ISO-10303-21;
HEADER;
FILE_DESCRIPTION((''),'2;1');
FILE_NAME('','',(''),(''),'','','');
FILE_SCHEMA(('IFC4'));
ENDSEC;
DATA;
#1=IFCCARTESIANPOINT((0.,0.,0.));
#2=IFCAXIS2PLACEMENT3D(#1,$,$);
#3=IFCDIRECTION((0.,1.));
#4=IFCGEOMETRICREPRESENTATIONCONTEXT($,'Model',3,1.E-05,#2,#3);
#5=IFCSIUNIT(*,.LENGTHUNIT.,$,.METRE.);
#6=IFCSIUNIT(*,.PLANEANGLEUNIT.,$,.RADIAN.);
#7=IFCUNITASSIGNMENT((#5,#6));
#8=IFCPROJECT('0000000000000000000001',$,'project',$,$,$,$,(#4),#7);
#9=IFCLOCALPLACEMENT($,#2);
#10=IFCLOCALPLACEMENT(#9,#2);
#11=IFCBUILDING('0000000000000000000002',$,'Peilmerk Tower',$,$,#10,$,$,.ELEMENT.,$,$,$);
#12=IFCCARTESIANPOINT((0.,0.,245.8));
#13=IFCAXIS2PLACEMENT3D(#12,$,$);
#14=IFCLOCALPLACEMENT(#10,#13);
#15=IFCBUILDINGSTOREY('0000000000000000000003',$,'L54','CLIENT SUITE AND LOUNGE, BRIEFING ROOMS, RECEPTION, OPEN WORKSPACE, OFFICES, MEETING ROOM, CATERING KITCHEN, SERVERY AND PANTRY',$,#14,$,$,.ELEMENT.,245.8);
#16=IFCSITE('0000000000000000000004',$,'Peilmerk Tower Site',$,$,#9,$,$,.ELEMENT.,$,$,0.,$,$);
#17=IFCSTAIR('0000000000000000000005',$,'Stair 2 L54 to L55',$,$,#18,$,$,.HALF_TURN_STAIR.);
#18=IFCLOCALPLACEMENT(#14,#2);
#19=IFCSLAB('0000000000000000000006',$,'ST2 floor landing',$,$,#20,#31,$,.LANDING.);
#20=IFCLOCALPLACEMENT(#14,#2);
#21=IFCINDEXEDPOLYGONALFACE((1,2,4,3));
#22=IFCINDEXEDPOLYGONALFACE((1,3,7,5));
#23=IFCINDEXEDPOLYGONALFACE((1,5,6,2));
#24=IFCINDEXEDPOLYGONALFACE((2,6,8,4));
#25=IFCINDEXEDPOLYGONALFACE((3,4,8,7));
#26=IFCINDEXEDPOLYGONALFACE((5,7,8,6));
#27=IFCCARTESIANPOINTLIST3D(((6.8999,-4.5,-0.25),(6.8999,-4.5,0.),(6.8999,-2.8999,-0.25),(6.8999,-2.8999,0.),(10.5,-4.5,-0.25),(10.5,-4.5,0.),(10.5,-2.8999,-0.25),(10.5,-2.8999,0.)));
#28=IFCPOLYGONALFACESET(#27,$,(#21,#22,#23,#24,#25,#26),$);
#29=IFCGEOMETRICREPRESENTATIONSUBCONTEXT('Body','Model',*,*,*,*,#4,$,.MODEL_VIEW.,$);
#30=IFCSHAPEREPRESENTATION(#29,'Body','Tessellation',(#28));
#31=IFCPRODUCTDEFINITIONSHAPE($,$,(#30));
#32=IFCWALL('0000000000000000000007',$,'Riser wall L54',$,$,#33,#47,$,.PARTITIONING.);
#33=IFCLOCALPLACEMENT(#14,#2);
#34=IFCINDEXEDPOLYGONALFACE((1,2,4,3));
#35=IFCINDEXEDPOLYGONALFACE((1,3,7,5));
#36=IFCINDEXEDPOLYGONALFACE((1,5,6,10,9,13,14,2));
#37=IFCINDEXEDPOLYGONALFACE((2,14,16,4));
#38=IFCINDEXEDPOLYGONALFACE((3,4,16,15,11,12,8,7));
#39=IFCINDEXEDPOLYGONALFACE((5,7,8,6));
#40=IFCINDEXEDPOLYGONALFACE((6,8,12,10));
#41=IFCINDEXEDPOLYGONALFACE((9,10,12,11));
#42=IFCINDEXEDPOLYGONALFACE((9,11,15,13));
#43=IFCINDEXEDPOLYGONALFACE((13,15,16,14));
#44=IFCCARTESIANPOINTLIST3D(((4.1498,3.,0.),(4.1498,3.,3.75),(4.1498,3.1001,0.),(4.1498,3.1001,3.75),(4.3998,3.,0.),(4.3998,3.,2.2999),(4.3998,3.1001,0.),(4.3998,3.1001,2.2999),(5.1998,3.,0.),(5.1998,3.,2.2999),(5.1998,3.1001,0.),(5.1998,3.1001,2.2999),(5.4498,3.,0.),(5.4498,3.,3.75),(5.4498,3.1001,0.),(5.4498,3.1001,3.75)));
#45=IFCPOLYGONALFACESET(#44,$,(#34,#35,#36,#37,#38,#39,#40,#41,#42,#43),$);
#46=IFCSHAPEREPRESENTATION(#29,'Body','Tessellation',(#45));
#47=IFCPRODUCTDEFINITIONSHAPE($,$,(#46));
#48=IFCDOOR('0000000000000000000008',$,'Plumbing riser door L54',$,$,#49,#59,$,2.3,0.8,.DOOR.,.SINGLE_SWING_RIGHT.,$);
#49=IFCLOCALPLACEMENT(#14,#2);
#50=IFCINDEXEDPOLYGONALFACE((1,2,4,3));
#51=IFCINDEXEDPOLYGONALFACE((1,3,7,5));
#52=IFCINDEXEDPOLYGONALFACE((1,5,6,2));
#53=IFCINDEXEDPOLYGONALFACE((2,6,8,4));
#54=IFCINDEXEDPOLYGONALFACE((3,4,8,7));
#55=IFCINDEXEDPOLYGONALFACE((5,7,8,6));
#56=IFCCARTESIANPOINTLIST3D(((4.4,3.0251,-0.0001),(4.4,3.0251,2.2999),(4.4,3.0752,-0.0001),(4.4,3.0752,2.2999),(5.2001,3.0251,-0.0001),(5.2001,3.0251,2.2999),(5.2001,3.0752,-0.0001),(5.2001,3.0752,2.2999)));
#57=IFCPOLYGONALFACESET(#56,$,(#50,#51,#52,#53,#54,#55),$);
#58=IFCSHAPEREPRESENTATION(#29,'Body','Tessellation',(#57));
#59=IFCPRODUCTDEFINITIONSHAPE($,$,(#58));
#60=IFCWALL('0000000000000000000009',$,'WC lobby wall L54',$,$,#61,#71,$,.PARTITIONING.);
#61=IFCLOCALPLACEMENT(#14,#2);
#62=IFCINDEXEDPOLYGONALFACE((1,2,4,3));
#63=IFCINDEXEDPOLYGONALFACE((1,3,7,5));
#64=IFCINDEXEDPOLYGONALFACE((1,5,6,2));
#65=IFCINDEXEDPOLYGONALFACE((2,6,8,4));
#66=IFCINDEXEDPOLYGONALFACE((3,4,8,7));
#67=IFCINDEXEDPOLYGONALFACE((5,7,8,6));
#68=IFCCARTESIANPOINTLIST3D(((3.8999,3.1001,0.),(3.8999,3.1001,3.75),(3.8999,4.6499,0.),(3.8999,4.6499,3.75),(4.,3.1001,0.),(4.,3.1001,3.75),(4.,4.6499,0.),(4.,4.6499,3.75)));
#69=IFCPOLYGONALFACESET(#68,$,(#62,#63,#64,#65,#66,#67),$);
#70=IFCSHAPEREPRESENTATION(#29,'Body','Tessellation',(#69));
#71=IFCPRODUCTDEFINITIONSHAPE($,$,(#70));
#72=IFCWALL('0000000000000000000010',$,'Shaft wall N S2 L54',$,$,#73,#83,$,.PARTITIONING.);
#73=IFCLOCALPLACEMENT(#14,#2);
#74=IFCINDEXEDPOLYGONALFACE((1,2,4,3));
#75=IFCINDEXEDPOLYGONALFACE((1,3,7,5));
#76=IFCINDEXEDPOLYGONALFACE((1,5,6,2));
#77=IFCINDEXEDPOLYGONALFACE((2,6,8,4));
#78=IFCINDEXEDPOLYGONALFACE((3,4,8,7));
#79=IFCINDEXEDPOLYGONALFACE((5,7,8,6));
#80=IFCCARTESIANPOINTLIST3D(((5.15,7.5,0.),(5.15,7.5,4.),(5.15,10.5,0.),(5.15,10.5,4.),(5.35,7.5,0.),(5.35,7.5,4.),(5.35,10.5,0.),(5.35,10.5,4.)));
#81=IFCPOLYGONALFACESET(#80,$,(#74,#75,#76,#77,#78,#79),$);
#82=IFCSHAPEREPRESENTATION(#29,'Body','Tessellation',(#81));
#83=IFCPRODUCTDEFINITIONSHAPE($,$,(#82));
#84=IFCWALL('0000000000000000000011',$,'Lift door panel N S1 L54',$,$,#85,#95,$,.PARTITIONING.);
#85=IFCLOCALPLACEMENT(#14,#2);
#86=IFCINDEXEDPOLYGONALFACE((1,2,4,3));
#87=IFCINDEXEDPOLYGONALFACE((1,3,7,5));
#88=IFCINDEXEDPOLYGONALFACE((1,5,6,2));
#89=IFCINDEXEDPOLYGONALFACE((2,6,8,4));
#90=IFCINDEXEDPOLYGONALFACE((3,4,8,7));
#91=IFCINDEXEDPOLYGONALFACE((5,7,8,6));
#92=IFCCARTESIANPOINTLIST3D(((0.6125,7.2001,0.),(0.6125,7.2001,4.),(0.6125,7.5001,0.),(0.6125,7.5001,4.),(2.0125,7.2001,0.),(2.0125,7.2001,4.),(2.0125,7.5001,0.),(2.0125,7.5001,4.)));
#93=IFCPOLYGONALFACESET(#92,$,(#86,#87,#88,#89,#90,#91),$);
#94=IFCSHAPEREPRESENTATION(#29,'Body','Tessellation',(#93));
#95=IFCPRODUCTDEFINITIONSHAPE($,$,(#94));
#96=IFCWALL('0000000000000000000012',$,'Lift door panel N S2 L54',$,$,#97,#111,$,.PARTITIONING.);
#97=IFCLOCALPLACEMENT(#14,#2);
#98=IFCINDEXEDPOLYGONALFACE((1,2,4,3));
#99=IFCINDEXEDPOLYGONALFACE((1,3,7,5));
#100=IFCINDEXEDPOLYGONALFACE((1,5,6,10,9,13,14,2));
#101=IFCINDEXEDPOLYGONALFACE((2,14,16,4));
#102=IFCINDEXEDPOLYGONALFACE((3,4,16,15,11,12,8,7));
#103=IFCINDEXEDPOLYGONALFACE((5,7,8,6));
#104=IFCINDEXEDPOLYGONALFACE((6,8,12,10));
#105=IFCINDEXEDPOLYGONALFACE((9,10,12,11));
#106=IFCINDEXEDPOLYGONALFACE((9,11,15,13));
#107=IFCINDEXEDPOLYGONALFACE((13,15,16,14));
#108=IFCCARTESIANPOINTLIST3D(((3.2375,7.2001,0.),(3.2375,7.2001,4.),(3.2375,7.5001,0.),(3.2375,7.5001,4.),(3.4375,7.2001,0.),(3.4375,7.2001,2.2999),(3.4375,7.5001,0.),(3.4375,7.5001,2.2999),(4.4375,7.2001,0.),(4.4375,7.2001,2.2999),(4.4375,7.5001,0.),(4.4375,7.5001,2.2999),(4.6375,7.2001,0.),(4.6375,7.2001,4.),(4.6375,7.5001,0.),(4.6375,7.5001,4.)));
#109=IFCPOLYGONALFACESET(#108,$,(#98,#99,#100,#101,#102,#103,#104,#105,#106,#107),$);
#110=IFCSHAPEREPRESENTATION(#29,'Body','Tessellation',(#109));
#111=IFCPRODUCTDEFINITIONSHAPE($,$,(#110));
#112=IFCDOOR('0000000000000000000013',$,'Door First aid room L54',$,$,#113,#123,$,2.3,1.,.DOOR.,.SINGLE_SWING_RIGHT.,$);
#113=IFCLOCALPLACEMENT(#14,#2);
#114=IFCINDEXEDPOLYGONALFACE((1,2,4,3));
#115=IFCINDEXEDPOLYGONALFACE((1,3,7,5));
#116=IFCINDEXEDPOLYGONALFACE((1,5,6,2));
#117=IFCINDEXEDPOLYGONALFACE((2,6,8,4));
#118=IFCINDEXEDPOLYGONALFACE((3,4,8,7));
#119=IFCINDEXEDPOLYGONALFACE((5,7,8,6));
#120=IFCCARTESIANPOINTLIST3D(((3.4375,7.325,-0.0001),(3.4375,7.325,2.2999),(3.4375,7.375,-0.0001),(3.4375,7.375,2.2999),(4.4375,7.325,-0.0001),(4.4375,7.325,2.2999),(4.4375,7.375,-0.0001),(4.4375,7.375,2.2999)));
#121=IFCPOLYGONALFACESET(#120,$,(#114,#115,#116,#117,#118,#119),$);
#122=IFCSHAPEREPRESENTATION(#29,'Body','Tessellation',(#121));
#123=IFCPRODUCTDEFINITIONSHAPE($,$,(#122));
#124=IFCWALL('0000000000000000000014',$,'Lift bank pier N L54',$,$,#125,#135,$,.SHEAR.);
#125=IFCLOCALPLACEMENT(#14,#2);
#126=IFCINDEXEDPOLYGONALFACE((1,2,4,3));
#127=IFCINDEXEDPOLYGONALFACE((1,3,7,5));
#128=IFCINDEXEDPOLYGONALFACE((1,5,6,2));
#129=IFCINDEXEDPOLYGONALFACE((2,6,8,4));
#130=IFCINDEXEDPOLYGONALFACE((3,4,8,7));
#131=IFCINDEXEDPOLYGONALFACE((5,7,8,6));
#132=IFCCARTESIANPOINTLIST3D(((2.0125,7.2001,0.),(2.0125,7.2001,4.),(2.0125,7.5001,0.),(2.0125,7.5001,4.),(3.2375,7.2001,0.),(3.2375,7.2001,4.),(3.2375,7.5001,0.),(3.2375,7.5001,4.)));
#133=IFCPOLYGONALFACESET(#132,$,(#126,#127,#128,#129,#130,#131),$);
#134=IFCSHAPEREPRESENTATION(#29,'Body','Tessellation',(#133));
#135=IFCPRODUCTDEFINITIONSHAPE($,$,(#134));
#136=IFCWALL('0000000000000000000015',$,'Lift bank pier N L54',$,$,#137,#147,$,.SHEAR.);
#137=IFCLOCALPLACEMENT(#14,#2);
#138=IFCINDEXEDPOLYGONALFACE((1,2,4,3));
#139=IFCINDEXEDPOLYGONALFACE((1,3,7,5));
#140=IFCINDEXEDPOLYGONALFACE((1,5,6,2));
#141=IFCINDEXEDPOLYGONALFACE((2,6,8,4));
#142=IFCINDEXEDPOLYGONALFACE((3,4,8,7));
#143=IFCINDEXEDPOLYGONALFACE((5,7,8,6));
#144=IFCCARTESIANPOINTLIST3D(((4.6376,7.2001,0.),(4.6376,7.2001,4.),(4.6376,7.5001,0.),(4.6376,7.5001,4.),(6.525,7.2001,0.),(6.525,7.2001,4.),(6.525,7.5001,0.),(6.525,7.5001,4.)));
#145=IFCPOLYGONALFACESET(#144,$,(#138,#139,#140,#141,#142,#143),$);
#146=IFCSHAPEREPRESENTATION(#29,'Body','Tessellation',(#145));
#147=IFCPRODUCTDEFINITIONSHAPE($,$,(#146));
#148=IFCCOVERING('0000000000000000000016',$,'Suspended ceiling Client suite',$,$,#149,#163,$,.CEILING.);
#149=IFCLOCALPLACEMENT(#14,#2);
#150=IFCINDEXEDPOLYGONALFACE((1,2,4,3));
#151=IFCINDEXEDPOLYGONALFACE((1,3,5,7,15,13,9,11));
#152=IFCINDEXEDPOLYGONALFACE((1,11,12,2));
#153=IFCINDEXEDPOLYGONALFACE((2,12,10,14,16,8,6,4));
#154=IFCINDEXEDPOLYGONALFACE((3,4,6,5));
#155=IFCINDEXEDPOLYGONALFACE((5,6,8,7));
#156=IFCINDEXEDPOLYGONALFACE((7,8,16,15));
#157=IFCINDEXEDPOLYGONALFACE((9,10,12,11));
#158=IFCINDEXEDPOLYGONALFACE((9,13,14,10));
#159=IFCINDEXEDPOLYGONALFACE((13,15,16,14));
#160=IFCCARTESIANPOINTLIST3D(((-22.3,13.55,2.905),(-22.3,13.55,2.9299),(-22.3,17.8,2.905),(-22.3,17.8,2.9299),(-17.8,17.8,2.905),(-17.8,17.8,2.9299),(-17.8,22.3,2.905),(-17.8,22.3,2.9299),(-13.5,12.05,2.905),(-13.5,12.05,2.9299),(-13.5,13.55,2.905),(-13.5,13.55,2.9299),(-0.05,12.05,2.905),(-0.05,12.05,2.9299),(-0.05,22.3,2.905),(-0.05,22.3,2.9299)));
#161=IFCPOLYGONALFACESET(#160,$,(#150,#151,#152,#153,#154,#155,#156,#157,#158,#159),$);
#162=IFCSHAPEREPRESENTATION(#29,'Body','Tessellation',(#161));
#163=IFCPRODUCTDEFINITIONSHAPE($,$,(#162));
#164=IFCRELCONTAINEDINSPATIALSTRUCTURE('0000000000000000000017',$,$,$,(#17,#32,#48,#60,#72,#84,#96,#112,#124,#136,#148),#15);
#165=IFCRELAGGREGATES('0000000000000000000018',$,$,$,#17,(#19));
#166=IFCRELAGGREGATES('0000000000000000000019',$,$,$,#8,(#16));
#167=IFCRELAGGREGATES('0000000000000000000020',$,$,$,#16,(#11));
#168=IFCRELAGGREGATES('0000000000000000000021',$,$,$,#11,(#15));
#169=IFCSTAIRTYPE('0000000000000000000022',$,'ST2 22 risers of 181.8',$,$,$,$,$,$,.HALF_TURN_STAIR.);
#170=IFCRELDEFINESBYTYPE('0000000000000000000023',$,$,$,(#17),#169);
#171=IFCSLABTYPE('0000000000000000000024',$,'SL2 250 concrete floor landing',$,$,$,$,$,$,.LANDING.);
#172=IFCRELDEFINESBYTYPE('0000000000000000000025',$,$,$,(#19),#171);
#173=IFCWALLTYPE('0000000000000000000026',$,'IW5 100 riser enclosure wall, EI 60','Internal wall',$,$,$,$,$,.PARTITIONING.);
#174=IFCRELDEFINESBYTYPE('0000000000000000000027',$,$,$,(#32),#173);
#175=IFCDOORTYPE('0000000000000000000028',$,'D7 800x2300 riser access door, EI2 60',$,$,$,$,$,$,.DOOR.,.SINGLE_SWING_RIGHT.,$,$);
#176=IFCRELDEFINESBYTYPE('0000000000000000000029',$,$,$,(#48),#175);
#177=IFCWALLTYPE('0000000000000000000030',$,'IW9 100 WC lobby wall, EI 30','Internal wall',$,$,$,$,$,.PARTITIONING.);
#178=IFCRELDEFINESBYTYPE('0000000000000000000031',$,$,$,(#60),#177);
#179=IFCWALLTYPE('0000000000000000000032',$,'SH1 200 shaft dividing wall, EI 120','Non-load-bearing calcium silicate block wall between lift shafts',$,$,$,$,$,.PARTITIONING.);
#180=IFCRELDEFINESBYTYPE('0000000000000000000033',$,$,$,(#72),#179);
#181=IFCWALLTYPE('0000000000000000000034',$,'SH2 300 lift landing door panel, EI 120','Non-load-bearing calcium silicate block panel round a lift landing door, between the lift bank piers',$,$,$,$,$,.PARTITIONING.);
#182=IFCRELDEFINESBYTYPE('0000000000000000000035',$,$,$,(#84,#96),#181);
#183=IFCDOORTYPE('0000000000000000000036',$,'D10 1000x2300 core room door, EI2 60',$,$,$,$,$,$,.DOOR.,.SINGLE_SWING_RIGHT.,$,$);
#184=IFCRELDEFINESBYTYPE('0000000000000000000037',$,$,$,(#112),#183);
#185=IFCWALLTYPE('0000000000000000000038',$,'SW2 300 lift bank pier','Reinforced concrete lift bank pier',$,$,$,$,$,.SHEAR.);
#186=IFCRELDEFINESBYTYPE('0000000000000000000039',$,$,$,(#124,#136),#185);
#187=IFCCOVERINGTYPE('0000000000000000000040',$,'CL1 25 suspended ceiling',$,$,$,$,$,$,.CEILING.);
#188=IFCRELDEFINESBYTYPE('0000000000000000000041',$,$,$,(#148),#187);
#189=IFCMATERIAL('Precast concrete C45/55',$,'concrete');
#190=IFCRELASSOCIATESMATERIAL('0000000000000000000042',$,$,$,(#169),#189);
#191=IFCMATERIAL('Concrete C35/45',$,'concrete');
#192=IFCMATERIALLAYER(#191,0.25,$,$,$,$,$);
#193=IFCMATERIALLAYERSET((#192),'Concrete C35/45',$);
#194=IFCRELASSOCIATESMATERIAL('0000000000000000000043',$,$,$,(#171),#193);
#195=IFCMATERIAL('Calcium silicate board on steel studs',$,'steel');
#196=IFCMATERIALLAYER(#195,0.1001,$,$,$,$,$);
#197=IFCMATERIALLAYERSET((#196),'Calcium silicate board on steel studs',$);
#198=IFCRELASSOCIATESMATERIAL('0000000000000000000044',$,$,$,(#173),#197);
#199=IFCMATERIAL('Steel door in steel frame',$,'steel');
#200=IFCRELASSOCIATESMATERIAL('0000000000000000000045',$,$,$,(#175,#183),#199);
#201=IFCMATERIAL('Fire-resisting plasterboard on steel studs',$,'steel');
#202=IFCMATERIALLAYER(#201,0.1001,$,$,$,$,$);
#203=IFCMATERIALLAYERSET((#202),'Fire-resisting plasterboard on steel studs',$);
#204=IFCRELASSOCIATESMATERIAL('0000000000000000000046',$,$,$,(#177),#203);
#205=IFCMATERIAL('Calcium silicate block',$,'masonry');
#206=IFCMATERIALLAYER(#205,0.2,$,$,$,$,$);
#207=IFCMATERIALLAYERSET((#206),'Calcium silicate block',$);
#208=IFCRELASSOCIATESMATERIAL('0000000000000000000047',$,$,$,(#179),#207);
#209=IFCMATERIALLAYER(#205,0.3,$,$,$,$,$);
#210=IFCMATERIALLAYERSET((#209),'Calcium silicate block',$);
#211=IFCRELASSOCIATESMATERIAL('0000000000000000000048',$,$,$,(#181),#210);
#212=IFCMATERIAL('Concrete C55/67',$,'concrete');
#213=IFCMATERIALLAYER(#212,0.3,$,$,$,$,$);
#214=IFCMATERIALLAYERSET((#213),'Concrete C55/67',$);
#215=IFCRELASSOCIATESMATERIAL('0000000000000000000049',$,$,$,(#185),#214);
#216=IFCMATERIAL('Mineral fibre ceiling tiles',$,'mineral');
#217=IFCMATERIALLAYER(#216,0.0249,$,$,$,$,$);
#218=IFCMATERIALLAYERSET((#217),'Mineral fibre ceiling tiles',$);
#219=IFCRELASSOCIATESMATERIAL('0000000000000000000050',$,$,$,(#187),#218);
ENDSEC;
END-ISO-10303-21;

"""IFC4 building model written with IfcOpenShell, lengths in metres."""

from ifc_helpers import new_model, si_unit, direction, frame, frame_2d, origin, place, context, subcontext, project, spatial, polyline, rectangle, outline, extrude, material, layer, layer_set, type_object, element, fill, aggregate, save


model = new_model("IFC4")

# Units and contexts
model_context = context("Model", 3, precision=1e-05, world=origin(), true_north=direction((0.0, 1.0)))
body_context = subcontext(model_context, "Body", "Model", "MODEL_VIEW")
ifc_project = project(units=[si_unit("LENGTHUNIT", "METRE"), si_unit("PLANEANGLEUNIT", "RADIAN")], contexts=[model_context])

# Site, building, storey
site_placement = place(None, origin())
site = spatial("IfcSite", under=ifc_project, at=site_placement, Name="Peilmerk Tower Site", CompositionType="ELEMENT", RefElevation=0.0)
building_placement = place(site_placement, origin())
building = spatial("IfcBuilding", under=site, at=building_placement, Name="Peilmerk Tower", CompositionType="ELEMENT")
storey_placement = place(building_placement, frame((0.0, 0.0, 245.8)))
storey = spatial("IfcBuildingStorey", under=building, at=storey_placement, Name="L54", Description="CLIENT SUITE AND LOUNGE, BRIEFING ROOMS, RECEPTION, OPEN WORKSPACE, OFFICES, MEETING ROOM, CATERING KITCHEN, SERVERY AND PANTRY", CompositionType="ELEMENT", Elevation=245.8)

# Stair, slab
ifc_material_1 = material(Name="Precast concrete C45/55", Category="concrete")
stair_type = type_object("IfcStairType", Name="ST2 22 risers of 181.8", PredefinedType="HALF_TURN_STAIR", material=ifc_material_1)
stair_placement = place(storey_placement, origin())
stair = element("IfcStair", 1, at=stair_placement, inside=storey, type_object=stair_type, Name="Stair 2 L54 to L55", PredefinedType="HALF_TURN_STAIR")
ifc_material_2 = material(Name="Concrete C35/45", Category="concrete")
ifc_layer_1 = layer(ifc_material_2, 0.25)
ifc_layer_set_1 = layer_set([ifc_layer_1], Name="Concrete C35/45")
slab_type = type_object("IfcSlabType", Name="SL2 250 concrete floor landing", PredefinedType="LANDING", material=ifc_layer_set_1)
slab_placement = place(storey_placement, frame((0.0, 0.0, -0.25)))
slab = element("IfcSlab", 2, at=slab_placement, type_object=slab_type, Name="ST2 floor landing", PredefinedType="LANDING", context=body_context, shape_type="SweptSolid", body=[
    extrude(outline(polyline([(6.8999, -4.5), (10.5, -4.5), (10.5, -2.8999), (6.8999, -2.8999), (6.8999, -4.5)])), origin(), (0.0, 0.0, 1.0), 0.25),
])
aggregate(stair, [slab])

# Wall, opening, door
ifc_material_3 = material(Name="Calcium silicate board on steel studs", Category="steel")
ifc_layer_2 = layer(ifc_material_3, 0.1001)
ifc_layer_set_2 = layer_set([ifc_layer_2], Name="Calcium silicate board on steel studs")
wall_type_1 = type_object("IfcWallType", Name="IW5 100 riser enclosure wall, EI 60", Description="Internal wall", PredefinedType="PARTITIONING", material=ifc_layer_set_2)
wall_1_placement = place(storey_placement, frame((4.1499, 3.05, 0.0), z_axis=(0.0, 0.0, 1.0), x_axis=(1.0, 0.0, 0.0)))
wall_1 = element("IfcWall", 3, at=wall_1_placement, inside=storey, type_object=wall_type_1, Name="Riser wall L54", PredefinedType="PARTITIONING", context=body_context, shape_type="SweptSolid", body=[
    extrude(rectangle(XDim=1.3, YDim=0.1001, at=frame_2d((0.6499, 0.0))), origin(), (0.0, 0.0, 1.0), 3.75),
])
opening_1_placement = place(wall_1_placement, frame((0.25, 0.0, 0.0)))
opening_1 = element("IfcOpeningElement", 4, at=opening_1_placement, cuts=wall_1, PredefinedType="OPENING", context=body_context, shape_type="SweptSolid", body=[
    extrude(rectangle(XDim=0.8, YDim=2.3, at=frame_2d((0.3999, 1.1499))), frame((0.0, 0.0601, 0.0), z_axis=(0.0, -1.0, 0.0), x_axis=(1.0, 0.0, 0.0)), (0.0, 0.0, 1.0), 0.1201),
])
ifc_material_4 = material(Name="Steel door in steel frame", Category="steel")
door_type_1 = type_object("IfcDoorType", Name="D7 800x2300 riser access door, EI2 60", OperationType="SINGLE_SWING_RIGHT", PredefinedType="DOOR", material=ifc_material_4)
door_1_placement = place(opening_1_placement, frame((0.8, 0.0, 0.0), z_axis=(0.0, 0.0, 1.0), x_axis=(-1.0, 0.0, 0.0)))
door_1 = element("IfcDoor", 5, at=door_1_placement, inside=storey, type_object=door_type_1, Name="Plumbing riser door L54", OperationType="SINGLE_SWING_RIGHT", OverallHeight=2.3, OverallWidth=0.8, PredefinedType="DOOR", context=body_context, shape_type="SweptSolid", body=[
    extrude(rectangle(XDim=0.8, YDim=2.3, at=frame_2d((0.3999, 1.1499))), frame((0.0, 0.0249, 0.0), z_axis=(0.0, -1.0, 0.0), x_axis=(1.0, 0.0, 0.0)), (0.0, 0.0, 1.0), 0.05),
])
fill(opening_1, door_1)

# Walls
ifc_material_5 = material(Name="Fire-resisting plasterboard on steel studs", Category="steel")
ifc_layer_3 = layer(ifc_material_5, 0.1001)
ifc_layer_set_3 = layer_set([ifc_layer_3], Name="Fire-resisting plasterboard on steel studs")
wall_type_2 = type_object("IfcWallType", Name="IW9 100 WC lobby wall, EI 30", Description="Internal wall", PredefinedType="PARTITIONING", material=ifc_layer_set_3)
wall_2_placement = place(storey_placement, frame((3.95, 3.1001, 0.0), z_axis=(0.0, 0.0, 1.0), x_axis=(0.0, 1.0, 0.0)))
element("IfcWall", 6, at=wall_2_placement, inside=storey, type_object=wall_type_2, Name="WC lobby wall L54", PredefinedType="PARTITIONING", context=body_context, shape_type="SweptSolid", body=[
    extrude(rectangle(XDim=1.5498, YDim=0.1001, at=frame_2d((0.7749, 0.0))), origin(), (0.0, 0.0, 1.0), 3.75),
])
ifc_material_6 = material(Name="Calcium silicate block", Category="masonry")
ifc_layer_4 = layer(ifc_material_6, 0.2)
ifc_layer_set_4 = layer_set([ifc_layer_4], Name="Calcium silicate block")
wall_type_3 = type_object("IfcWallType", Name="SH1 200 shaft dividing wall, EI 120", Description="Non-load-bearing calcium silicate block wall between lift shafts", PredefinedType="PARTITIONING", material=ifc_layer_set_4)
wall_3_placement = place(storey_placement, frame((5.25, 7.5, 0.0), z_axis=(0.0, 0.0, 1.0), x_axis=(0.0, 1.0, 0.0)))
element("IfcWall", 7, at=wall_3_placement, inside=storey, type_object=wall_type_3, Name="Shaft wall N S2 L54", PredefinedType="PARTITIONING", context=body_context, shape_type="SweptSolid", body=[
    extrude(rectangle(XDim=3.0, YDim=0.2, at=frame_2d((1.5, 0.0))), origin(), (0.0, 0.0, 1.0), 4.0),
])
ifc_layer_5 = layer(ifc_material_6, 0.3)
ifc_layer_set_5 = layer_set([ifc_layer_5], Name="Calcium silicate block")
wall_type_4 = type_object("IfcWallType", Name="SH2 300 lift landing door panel, EI 120", Description="Non-load-bearing calcium silicate block panel round a lift landing door, between the lift bank piers", PredefinedType="PARTITIONING", material=ifc_layer_set_5)
wall_4_placement = place(storey_placement, frame((0.6125, 7.3501, 0.0), z_axis=(0.0, 0.0, 1.0), x_axis=(1.0, 0.0, 0.0)))
element("IfcWall", 8, at=wall_4_placement, inside=storey, type_object=wall_type_4, Name="Lift door panel N S1 L54", PredefinedType="PARTITIONING", context=body_context, shape_type="SweptSolid", body=[
    extrude(rectangle(XDim=1.3999, YDim=0.3, at=frame_2d((0.7, 0.0))), origin(), (0.0, 0.0, 1.0), 4.0),
])

# Wall, opening, door
wall_5_placement = place(storey_placement, frame((3.2375, 7.3501, 0.0), z_axis=(0.0, 0.0, 1.0), x_axis=(1.0, 0.0, 0.0)))
wall_5 = element("IfcWall", 9, at=wall_5_placement, inside=storey, type_object=wall_type_4, Name="Lift door panel N S2 L54", PredefinedType="PARTITIONING", context=body_context, shape_type="SweptSolid", body=[
    extrude(rectangle(XDim=1.3999, YDim=0.3, at=frame_2d((0.7, 0.0))), origin(), (0.0, 0.0, 1.0), 4.0),
])
opening_2_placement = place(wall_5_placement, frame((0.2, 0.0, 0.0)))
opening_2 = element("IfcOpeningElement", 10, at=opening_2_placement, cuts=wall_5, PredefinedType="OPENING", context=body_context, shape_type="SweptSolid", body=[
    extrude(rectangle(XDim=1.0, YDim=2.3, at=frame_2d((0.5, 1.1499))), frame((0.0, 0.1599, 0.0), z_axis=(0.0, -1.0, 0.0), x_axis=(1.0, 0.0, 0.0)), (0.0, 0.0, 1.0), 0.3201),
])
door_type_2 = type_object("IfcDoorType", Name="D10 1000x2300 core room door, EI2 60", OperationType="SINGLE_SWING_RIGHT", PredefinedType="DOOR", material=ifc_material_4)
door_2_placement = place(opening_2_placement, origin())
door_2 = element("IfcDoor", 11, at=door_2_placement, inside=storey, type_object=door_type_2, Name="Door First aid room L54", OperationType="SINGLE_SWING_RIGHT", OverallHeight=2.3, OverallWidth=1.0, PredefinedType="DOOR", context=body_context, shape_type="SweptSolid", body=[
    extrude(rectangle(XDim=1.0, YDim=2.3, at=frame_2d((0.5, 1.1499))), frame((0.0, 0.0249, 0.0), z_axis=(0.0, -1.0, 0.0), x_axis=(1.0, 0.0, 0.0)), (0.0, 0.0, 1.0), 0.05),
])
fill(opening_2, door_2)

# Walls
ifc_material_7 = material(Name="Concrete C55/67", Category="concrete")
ifc_layer_6 = layer(ifc_material_7, 0.3)
ifc_layer_set_6 = layer_set([ifc_layer_6], Name="Concrete C55/67")
wall_type_5 = type_object("IfcWallType", Name="SW2 300 lift bank pier", Description="Reinforced concrete lift bank pier", PredefinedType="SHEAR", material=ifc_layer_set_6)
wall_6_placement = place(storey_placement, frame((2.0125, 7.3501, 0.0), z_axis=(0.0, 0.0, 1.0), x_axis=(1.0, 0.0, 0.0)))
element("IfcWall", 12, at=wall_6_placement, inside=storey, type_object=wall_type_5, Name="Lift bank pier N L54", PredefinedType="SHEAR", context=body_context, shape_type="SweptSolid", body=[
    extrude(rectangle(XDim=1.2251, YDim=0.3, at=frame_2d((0.6125, 0.0))), origin(), (0.0, 0.0, 1.0), 4.0),
])
wall_7_placement = place(storey_placement, frame((4.6375, 7.3501, 0.0), z_axis=(0.0, 0.0, 1.0), x_axis=(1.0, 0.0, 0.0)))
element("IfcWall", 13, at=wall_7_placement, inside=storey, type_object=wall_type_5, Name="Lift bank pier N L54", PredefinedType="SHEAR", context=body_context, shape_type="SweptSolid", body=[
    extrude(rectangle(XDim=1.8875, YDim=0.3, at=frame_2d((0.9438, 0.0))), origin(), (0.0, 0.0, 1.0), 4.0),
])

# Covering
ifc_material_8 = material(Name="Mineral fibre ceiling tiles", Category="mineral")
ifc_layer_7 = layer(ifc_material_8, 0.0249)
ifc_layer_set_7 = layer_set([ifc_layer_7], Name="Mineral fibre ceiling tiles")
covering_type = type_object("IfcCoveringType", Name="CL1 25 suspended ceiling", PredefinedType="CEILING", material=ifc_layer_set_7)
covering_1_placement = place(storey_placement, frame((0.0, 0.0, 2.905)))
element("IfcCovering", 14, at=covering_1_placement, inside=storey, type_object=covering_type, Name="Suspended ceiling Client suite", PredefinedType="CEILING", context=body_context, shape_type="SweptSolid", body=[
    extrude(outline(polyline([(-22.3, 17.8), (-22.3, 13.55), (-13.5, 13.55), (-13.5, 12.05), (-0.05, 12.05), (-0.05, 22.3), (-17.8, 22.3), (-17.8, 17.8), (-22.3, 17.8)])), origin(), (0.0, 0.0, 1.0), 0.0249),
])

save(model, "model.ifc")
